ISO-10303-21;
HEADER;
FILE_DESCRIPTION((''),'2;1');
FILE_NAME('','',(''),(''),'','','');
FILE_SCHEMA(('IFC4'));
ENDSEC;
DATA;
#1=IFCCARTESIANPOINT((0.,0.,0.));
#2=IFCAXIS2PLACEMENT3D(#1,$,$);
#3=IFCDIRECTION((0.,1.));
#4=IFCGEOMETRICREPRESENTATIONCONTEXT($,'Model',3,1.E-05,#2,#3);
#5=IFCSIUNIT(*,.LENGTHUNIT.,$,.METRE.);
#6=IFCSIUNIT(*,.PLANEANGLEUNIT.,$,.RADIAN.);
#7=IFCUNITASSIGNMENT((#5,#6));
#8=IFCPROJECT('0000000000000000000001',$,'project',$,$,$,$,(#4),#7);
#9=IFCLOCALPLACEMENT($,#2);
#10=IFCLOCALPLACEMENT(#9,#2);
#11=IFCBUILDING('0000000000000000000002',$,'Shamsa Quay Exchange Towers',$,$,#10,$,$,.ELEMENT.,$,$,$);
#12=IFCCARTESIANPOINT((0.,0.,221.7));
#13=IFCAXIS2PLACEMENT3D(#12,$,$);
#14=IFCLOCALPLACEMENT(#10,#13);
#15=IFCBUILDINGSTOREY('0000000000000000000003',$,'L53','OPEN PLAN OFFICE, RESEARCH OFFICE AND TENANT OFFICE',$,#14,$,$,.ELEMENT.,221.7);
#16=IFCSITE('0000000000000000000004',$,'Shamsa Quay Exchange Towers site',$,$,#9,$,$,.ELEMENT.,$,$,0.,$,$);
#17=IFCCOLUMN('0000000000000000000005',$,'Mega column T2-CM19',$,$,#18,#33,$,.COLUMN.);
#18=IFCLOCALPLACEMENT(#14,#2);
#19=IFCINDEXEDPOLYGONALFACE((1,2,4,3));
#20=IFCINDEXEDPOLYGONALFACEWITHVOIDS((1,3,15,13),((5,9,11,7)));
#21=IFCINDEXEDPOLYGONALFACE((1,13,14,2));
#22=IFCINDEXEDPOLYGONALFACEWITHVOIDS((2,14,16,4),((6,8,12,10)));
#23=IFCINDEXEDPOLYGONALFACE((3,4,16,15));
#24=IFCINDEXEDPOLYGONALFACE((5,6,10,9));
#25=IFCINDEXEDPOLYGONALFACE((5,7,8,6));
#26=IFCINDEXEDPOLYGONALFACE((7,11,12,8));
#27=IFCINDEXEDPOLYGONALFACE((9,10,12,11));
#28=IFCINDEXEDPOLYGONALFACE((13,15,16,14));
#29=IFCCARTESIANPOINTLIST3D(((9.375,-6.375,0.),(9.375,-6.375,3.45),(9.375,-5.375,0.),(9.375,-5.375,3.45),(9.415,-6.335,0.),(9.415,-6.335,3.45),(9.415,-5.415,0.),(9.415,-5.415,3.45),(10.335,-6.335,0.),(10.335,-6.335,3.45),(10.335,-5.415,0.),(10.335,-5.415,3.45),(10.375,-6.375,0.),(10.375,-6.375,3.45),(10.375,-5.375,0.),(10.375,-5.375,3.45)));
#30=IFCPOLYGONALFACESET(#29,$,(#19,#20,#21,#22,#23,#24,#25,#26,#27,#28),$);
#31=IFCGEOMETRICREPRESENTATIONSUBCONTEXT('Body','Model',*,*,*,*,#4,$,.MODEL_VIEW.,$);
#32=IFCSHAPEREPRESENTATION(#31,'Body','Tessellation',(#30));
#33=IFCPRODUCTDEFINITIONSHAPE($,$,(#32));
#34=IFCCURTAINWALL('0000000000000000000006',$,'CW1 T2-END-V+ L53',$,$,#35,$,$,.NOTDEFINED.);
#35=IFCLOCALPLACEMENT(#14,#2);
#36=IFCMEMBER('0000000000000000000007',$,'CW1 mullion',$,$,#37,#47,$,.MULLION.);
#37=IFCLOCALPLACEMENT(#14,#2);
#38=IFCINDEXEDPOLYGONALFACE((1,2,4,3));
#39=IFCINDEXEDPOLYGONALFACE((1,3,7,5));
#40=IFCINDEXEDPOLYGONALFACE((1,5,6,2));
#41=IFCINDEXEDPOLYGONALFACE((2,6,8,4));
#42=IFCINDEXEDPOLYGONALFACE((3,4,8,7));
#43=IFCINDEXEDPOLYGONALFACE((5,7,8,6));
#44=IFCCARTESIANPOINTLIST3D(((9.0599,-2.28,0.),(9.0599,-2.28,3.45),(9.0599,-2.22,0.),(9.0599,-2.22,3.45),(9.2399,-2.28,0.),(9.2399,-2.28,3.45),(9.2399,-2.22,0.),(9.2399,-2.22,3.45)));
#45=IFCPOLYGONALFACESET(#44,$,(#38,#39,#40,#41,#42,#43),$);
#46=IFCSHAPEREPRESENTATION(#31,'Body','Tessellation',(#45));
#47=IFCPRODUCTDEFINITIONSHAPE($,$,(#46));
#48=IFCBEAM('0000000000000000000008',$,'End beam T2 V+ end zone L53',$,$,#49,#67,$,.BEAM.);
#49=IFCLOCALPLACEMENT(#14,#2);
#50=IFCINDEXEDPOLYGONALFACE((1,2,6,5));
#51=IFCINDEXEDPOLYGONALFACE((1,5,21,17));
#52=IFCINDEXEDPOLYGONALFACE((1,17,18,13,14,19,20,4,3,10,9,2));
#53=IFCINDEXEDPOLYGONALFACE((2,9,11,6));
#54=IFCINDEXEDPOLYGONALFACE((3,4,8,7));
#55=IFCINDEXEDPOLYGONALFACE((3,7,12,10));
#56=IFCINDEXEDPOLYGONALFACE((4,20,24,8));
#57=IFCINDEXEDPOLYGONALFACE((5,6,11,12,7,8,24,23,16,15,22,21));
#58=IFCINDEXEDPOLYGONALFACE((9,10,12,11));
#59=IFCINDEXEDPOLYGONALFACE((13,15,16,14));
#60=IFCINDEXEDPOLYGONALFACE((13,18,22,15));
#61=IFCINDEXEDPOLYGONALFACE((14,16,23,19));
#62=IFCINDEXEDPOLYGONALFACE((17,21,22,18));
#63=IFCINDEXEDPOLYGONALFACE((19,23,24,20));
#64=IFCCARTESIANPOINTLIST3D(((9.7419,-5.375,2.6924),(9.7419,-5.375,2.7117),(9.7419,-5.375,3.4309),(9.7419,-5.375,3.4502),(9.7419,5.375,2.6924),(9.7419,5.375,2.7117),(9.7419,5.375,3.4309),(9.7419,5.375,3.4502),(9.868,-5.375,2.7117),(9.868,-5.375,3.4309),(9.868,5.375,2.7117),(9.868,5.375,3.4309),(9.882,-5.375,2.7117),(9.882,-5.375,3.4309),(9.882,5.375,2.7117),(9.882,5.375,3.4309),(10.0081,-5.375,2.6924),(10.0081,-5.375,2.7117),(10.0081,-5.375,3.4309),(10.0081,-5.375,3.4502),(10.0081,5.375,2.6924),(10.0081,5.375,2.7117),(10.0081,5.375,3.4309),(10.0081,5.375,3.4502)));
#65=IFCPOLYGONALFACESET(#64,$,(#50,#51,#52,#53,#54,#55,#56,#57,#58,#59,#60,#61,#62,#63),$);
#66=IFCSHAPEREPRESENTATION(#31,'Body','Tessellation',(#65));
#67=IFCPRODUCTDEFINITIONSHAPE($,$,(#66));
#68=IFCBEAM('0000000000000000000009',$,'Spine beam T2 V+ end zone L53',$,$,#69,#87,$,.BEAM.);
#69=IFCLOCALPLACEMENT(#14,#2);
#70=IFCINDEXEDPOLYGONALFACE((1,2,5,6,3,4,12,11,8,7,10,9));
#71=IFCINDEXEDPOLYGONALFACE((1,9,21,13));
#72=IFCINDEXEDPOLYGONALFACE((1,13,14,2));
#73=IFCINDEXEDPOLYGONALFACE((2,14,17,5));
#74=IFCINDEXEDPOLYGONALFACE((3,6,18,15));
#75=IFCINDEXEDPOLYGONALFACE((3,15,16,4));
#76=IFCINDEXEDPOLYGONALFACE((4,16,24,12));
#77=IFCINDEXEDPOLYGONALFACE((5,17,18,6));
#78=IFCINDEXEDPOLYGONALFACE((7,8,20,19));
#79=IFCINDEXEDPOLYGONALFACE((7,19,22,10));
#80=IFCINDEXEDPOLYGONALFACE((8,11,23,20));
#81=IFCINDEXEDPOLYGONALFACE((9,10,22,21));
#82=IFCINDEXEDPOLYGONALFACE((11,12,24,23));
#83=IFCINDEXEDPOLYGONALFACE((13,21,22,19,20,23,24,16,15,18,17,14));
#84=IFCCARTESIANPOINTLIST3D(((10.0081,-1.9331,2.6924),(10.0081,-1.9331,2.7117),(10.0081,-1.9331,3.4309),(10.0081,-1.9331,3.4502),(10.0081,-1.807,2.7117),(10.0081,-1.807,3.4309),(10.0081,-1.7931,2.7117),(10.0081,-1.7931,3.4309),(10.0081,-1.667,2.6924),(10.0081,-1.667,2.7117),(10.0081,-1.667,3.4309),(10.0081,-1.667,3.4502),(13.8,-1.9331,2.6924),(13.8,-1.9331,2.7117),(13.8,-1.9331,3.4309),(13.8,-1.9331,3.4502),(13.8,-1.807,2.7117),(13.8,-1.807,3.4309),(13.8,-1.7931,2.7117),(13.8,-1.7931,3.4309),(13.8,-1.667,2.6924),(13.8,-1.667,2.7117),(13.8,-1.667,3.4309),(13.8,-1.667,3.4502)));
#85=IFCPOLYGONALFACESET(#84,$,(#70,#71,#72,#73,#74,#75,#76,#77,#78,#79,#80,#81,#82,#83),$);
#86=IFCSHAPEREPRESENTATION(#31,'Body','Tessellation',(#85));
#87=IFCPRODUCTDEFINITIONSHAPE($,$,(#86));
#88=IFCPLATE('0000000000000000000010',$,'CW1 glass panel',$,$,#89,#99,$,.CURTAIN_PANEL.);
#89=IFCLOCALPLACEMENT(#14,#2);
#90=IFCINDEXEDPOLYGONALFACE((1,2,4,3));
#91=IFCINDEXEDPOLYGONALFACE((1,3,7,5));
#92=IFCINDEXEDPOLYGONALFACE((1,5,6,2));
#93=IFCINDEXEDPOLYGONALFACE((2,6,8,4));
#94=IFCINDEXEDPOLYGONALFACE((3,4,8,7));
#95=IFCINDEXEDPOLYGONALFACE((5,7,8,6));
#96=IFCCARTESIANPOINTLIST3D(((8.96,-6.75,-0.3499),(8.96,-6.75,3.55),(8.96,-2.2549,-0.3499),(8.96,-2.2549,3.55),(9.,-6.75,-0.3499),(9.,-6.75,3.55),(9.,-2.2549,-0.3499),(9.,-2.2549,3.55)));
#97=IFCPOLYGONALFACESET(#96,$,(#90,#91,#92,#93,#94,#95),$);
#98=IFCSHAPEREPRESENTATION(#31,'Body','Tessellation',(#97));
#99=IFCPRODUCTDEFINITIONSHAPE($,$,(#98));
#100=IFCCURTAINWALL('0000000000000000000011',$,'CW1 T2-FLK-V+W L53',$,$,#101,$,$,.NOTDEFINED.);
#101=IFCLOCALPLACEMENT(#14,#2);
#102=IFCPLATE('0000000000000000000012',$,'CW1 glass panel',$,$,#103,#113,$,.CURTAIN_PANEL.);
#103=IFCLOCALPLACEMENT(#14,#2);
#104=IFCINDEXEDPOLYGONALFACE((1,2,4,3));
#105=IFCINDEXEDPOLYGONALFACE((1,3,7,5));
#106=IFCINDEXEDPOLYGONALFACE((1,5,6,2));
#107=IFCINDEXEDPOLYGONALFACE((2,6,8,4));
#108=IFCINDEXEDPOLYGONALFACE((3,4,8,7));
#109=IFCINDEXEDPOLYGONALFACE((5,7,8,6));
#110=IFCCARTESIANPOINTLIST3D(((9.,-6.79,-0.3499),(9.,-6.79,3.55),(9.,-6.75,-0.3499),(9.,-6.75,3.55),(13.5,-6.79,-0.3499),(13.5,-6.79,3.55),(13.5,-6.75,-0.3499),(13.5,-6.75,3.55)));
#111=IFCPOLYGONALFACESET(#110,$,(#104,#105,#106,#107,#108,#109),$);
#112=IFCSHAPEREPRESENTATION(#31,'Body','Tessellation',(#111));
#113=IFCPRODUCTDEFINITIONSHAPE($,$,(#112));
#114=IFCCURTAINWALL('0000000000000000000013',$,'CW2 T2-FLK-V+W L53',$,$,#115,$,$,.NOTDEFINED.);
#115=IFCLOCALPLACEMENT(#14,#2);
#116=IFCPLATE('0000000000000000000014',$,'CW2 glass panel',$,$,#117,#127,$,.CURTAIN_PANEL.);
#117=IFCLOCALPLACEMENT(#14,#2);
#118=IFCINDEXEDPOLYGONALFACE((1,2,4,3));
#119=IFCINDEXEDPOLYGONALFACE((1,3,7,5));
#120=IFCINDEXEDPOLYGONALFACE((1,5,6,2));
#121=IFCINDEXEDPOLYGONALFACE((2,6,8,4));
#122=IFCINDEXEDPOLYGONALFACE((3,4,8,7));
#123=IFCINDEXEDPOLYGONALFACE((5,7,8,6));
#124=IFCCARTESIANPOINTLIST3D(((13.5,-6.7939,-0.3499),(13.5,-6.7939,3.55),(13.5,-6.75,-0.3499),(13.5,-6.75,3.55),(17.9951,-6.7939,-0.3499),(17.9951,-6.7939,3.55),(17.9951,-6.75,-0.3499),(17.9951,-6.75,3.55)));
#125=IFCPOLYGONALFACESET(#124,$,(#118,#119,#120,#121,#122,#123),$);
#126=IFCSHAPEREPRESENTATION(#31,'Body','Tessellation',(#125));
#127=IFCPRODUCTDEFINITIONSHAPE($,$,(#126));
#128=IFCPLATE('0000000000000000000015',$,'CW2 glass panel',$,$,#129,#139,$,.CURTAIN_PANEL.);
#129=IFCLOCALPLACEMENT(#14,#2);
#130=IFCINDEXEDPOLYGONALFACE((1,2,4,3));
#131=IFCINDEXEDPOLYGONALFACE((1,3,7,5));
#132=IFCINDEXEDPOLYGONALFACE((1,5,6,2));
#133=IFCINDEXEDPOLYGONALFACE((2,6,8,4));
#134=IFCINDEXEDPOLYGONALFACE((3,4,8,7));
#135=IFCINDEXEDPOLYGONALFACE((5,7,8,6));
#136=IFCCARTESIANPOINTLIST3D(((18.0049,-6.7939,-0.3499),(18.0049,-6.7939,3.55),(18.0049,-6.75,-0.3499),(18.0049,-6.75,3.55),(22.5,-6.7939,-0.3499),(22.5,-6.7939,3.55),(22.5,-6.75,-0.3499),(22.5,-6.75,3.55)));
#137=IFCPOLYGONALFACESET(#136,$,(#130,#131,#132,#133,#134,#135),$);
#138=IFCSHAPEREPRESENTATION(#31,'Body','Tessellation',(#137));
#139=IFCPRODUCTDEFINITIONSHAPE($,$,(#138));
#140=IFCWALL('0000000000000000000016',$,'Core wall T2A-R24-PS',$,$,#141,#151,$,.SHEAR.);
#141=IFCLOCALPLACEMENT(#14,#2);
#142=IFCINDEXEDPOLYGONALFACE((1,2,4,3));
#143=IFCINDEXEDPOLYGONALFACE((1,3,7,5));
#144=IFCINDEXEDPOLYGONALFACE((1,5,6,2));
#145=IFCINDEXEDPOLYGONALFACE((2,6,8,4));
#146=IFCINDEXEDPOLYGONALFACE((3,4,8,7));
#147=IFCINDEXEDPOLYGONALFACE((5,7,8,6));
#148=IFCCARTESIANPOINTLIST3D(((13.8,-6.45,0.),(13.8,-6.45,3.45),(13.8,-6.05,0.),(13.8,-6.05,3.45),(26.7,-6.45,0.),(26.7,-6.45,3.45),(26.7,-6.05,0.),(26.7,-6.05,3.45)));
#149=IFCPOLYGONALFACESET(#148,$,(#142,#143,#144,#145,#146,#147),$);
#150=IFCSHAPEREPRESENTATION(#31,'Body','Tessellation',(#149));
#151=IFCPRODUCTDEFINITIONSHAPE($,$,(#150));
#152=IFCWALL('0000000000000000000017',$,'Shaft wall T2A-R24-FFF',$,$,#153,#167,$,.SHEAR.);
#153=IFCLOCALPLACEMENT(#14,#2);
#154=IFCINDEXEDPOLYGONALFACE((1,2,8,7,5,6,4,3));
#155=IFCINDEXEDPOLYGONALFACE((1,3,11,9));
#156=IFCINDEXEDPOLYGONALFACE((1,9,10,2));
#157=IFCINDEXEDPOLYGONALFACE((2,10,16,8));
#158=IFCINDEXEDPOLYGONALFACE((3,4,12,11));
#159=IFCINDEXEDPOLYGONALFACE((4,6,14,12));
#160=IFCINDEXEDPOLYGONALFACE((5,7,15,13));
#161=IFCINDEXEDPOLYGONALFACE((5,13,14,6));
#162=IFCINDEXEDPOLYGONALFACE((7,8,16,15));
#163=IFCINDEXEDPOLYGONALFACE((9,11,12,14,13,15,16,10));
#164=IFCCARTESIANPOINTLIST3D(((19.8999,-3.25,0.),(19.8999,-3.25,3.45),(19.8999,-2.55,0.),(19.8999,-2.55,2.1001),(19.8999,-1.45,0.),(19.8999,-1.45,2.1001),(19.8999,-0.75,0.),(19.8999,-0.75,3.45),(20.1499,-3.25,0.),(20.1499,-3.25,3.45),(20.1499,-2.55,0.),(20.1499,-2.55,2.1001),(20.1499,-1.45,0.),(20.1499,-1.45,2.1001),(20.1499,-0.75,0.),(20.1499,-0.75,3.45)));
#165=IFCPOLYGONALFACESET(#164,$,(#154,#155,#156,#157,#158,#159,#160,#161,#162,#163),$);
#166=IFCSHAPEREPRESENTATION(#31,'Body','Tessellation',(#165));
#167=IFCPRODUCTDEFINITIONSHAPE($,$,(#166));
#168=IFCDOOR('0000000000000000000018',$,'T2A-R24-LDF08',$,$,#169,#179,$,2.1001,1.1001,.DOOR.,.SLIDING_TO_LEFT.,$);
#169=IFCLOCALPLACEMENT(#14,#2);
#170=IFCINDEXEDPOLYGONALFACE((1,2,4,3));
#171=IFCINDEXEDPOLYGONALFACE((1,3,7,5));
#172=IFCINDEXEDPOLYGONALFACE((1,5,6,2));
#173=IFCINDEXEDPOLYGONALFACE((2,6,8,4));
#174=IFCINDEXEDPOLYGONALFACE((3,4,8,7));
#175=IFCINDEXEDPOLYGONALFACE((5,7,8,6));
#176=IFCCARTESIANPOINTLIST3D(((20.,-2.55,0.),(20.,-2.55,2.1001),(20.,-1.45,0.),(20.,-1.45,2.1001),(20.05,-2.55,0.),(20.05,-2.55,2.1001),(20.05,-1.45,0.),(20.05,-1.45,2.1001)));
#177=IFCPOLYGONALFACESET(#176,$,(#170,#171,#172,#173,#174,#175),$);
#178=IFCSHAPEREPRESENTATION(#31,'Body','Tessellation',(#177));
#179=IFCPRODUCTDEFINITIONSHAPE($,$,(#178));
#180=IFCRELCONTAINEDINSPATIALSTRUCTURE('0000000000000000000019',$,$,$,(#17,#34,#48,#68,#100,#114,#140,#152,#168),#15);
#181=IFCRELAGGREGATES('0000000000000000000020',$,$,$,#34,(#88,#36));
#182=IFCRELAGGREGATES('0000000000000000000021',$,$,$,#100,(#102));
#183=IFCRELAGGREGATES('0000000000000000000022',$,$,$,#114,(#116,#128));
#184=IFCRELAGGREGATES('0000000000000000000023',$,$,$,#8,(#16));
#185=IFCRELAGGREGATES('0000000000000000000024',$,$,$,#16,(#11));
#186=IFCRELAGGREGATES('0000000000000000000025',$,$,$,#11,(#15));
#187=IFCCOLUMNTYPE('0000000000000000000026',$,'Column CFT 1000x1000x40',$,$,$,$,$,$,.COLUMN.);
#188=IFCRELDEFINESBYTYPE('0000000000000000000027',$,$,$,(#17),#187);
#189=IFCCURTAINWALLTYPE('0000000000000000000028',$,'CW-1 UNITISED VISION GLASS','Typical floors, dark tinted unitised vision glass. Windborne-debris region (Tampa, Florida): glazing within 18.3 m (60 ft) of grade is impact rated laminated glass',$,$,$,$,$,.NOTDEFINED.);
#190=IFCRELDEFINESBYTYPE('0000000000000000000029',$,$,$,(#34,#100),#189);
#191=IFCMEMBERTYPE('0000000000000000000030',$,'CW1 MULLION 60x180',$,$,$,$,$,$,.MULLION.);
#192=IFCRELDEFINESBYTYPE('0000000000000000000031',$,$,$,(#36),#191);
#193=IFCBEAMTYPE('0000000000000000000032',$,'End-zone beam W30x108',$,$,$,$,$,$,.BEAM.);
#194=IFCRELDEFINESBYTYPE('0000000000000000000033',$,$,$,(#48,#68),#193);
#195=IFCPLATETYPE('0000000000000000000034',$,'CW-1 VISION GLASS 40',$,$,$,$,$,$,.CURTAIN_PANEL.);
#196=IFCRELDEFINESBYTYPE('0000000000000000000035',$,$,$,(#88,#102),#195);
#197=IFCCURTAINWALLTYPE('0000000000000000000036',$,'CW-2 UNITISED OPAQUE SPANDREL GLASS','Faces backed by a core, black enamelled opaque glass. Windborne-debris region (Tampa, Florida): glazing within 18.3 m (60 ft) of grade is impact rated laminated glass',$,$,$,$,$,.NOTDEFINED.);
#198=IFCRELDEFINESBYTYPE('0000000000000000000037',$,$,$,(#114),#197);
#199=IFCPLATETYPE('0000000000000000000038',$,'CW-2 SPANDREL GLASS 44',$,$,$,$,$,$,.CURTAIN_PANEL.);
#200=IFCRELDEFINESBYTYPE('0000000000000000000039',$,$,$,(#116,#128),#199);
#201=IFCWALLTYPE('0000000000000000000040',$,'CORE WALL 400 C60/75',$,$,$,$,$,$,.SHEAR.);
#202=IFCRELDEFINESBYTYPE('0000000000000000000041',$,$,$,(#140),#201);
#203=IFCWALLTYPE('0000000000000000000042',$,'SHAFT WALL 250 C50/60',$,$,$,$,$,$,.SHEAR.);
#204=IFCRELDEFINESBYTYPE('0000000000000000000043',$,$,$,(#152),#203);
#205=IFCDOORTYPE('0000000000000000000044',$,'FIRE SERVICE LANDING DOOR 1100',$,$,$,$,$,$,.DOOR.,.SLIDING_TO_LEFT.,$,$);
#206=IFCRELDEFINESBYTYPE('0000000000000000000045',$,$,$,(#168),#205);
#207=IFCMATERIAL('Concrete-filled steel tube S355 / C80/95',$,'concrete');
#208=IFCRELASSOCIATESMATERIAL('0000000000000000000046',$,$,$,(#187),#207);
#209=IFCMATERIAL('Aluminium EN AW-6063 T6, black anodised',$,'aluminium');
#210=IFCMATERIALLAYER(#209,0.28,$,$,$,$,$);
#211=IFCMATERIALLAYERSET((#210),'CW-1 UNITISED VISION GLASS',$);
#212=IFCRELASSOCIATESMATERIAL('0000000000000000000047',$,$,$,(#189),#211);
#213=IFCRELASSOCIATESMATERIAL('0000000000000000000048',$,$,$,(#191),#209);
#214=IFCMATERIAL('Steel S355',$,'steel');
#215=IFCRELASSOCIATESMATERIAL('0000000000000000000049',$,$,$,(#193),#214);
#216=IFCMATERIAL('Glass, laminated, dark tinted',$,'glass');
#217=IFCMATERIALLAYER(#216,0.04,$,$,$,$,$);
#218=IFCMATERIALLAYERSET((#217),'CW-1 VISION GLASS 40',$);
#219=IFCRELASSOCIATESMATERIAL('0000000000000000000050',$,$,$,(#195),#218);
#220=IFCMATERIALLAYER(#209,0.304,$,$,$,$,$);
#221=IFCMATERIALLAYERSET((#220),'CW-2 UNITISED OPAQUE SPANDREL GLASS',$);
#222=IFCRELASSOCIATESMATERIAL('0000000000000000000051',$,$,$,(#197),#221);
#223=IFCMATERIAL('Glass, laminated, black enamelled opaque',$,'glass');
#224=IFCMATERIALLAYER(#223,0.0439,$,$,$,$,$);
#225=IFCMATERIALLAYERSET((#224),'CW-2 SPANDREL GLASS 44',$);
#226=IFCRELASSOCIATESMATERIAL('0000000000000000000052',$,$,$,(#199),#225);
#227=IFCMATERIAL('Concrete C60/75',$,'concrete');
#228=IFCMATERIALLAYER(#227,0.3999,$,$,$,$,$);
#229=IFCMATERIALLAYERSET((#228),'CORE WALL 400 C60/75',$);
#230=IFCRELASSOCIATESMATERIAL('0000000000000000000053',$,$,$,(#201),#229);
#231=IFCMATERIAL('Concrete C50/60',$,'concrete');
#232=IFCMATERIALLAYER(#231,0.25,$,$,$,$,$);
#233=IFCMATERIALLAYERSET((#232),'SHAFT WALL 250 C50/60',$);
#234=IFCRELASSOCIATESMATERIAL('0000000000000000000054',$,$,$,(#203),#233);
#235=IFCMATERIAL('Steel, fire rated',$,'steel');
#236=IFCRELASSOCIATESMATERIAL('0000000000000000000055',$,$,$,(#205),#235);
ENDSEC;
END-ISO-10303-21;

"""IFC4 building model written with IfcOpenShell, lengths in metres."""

from ifc_helpers import new_model, si_unit, direction, frame, frame_2d, origin, origin_2d, place, context, subcontext, project, spatial, rectangle, hollow_rectangle, i_section, extrude, material, layer, layer_set, material_profile, profile_set, type_object, element, fill, aggregate, save


model = new_model("IFC4")

# Units and contexts
model_context = context("Model", 3, precision=1e-05, world=origin(), true_north=direction((0.0, 1.0)))
body_context = subcontext(model_context, "Body", "Model", "MODEL_VIEW")
ifc_project = project(units=[si_unit("LENGTHUNIT", "METRE"), si_unit("PLANEANGLEUNIT", "RADIAN")], contexts=[model_context])

# Site, building, storey
site_placement = place(None, origin())
site = spatial("IfcSite", under=ifc_project, at=site_placement, Name="Shamsa Quay Exchange Towers site", CompositionType="ELEMENT", RefElevation=0.0)
building_placement = place(site_placement, origin())
building = spatial("IfcBuilding", under=site, at=building_placement, Name="Shamsa Quay Exchange Towers", CompositionType="ELEMENT")
storey_placement = place(building_placement, frame((0.0, 0.0, 221.7)))
storey = spatial("IfcBuildingStorey", under=building, at=storey_placement, Name="L53", Description="OPEN PLAN OFFICE, RESEARCH OFFICE AND TENANT OFFICE", CompositionType="ELEMENT", Elevation=221.7)

# Column
ifc_material_1 = material(Name="Concrete-filled steel tube S355 / C80/95", Category="concrete")
ifc_material_profile_1 = material_profile(ifc_material_1, hollow_rectangle(XDim=1.0, YDim=1.0, WallThickness=0.04, at=origin_2d()), Name="CFT 1000x1000x40")
ifc_profile_set_1 = profile_set([ifc_material_profile_1], Name="Concrete-filled steel tube S355 / C80/95")
column_type = type_object("IfcColumnType", Name="Column CFT 1000x1000x40", PredefinedType="COLUMN", material=ifc_profile_set_1)
column_placement = place(storey_placement, frame((9.875, -5.875, 0.0)))
element("IfcColumn", 1, at=column_placement, inside=storey, type_object=column_type, Name="Mega column T2-CM19", PredefinedType="COLUMN", context=body_context, shape_type="SweptSolid", body=[
    extrude(hollow_rectangle(XDim=1.0, YDim=1.0, WallThickness=0.04, at=origin_2d()), origin(), (0.0, 0.0, 1.0), 3.45),
])

# Curtain wall, member
ifc_material_2 = material(Name="Aluminium EN AW-6063 T6, black anodised", Category="aluminium")
ifc_layer_1 = layer(ifc_material_2, 0.28)
ifc_layer_set_1 = layer_set([ifc_layer_1], Name="CW-1 UNITISED VISION GLASS")
curtain_wall_type_1 = type_object("IfcCurtainWallType", Name="CW-1 UNITISED VISION GLASS", Description="Typical floors, dark tinted unitised vision glass. Windborne-debris region (Tampa, Florida): glazing within 18.3 m (60 ft) of grade is impact rated laminated glass", PredefinedType="NOTDEFINED", material=ifc_layer_set_1)
curtain_wall_1_placement = place(storey_placement, origin())
curtain_wall_1 = element("IfcCurtainWall", 2, at=curtain_wall_1_placement, inside=storey, type_object=curtain_wall_type_1, Name="CW1 T2-END-V+ L53", PredefinedType="NOTDEFINED")
ifc_material_profile_2 = material_profile(ifc_material_2, rectangle(XDim=0.1799, YDim=0.0601, at=origin_2d()), Name="MU60x180")
ifc_profile_set_2 = profile_set([ifc_material_profile_2], Name="Aluminium EN AW-6063 T6, black anodised")
member_type = type_object("IfcMemberType", Name="CW1 MULLION 60x180", PredefinedType="MULLION", material=ifc_profile_set_2)
member_placement = place(storey_placement, frame((9.1499, -2.25, 0.0)))
member = element("IfcMember", 3, at=member_placement, type_object=member_type, Name="CW1 mullion", PredefinedType="MULLION", context=body_context, shape_type="SweptSolid", body=[
    extrude(rectangle(XDim=0.1799, YDim=0.0601, at=origin_2d()), origin(), (0.0, 0.0, 1.0), 3.45),
])

# Beams
ifc_material_3 = material(Name="Steel S355", Category="steel")
ifc_material_profile_3 = material_profile(ifc_material_3, i_section(OverallWidth=0.2661, OverallDepth=0.7578, WebThickness=0.0139, FlangeThickness=0.0193, at=origin_2d()), Name="W30x108")
ifc_profile_set_3 = profile_set([ifc_material_profile_3], Name="Steel S355")
beam_type = type_object("IfcBeamType", Name="End-zone beam W30x108", PredefinedType="BEAM", material=ifc_profile_set_3)
beam_1_placement = place(storey_placement, frame((9.875, -5.375, 3.0713), z_axis=(0.0, 1.0, 0.0), x_axis=(-1.0, 0.0, 0.0)))
element("IfcBeam", 4, at=beam_1_placement, inside=storey, type_object=beam_type, Name="End beam T2 V+ end zone L53", PredefinedType="BEAM", context=body_context, shape_type="SweptSolid", body=[
    extrude(i_section(OverallWidth=0.2661, OverallDepth=0.7578, WebThickness=0.0139, FlangeThickness=0.0193, at=origin_2d()), origin(), (0.0, 0.0, 1.0), 10.75),
])
beam_2_placement = place(storey_placement, frame((13.8, -1.8, 3.0713), z_axis=(-1.0, 0.0, 0.0), x_axis=(0.0, -1.0, 0.0)))
element("IfcBeam", 5, at=beam_2_placement, inside=storey, type_object=beam_type, Name="Spine beam T2 V+ end zone L53", PredefinedType="BEAM", context=body_context, shape_type="SweptSolid", body=[
    extrude(i_section(OverallWidth=0.2661, OverallDepth=0.7578, WebThickness=0.0139, FlangeThickness=0.0193, at=origin_2d()), origin(), (0.0, 0.0, 1.0), 3.792),
])

# Plate
ifc_material_4 = material(Name="Glass, laminated, dark tinted", Category="glass")
ifc_layer_2 = layer(ifc_material_4, 0.04)
ifc_layer_set_2 = layer_set([ifc_layer_2], Name="CW-1 VISION GLASS 40")
plate_type_1 = type_object("IfcPlateType", Name="CW-1 VISION GLASS 40", PredefinedType="CURTAIN_PANEL", material=ifc_layer_set_2)
plate_1_placement = place(storey_placement, frame((8.98, -4.5024, -0.3499), z_axis=(0.0, 0.0, 1.0), x_axis=(0.0, -1.0, 0.0)))
plate_1 = element("IfcPlate", 6, at=plate_1_placement, type_object=plate_type_1, Name="CW1 glass panel", PredefinedType="CURTAIN_PANEL", context=body_context, shape_type="SweptSolid", body=[
    extrude(rectangle(XDim=4.4951, YDim=0.04, at=origin_2d()), origin(), (0.0, 0.0, 1.0), 3.8999),
])
aggregate(curtain_wall_1, [plate_1, member])

# Curtain wall, plate
curtain_wall_2_placement = place(storey_placement, origin())
curtain_wall_2 = element("IfcCurtainWall", 7, at=curtain_wall_2_placement, inside=storey, type_object=curtain_wall_type_1, Name="CW1 T2-FLK-V+W L53", PredefinedType="NOTDEFINED")
plate_2_placement = place(storey_placement, frame((11.25, -6.77, -0.3499)))
plate_2 = element("IfcPlate", 8, at=plate_2_placement, type_object=plate_type_1, Name="CW1 glass panel", PredefinedType="CURTAIN_PANEL", context=body_context, shape_type="SweptSolid", body=[
    extrude(rectangle(XDim=4.5, YDim=0.04, at=origin_2d()), origin(), (0.0, 0.0, 1.0), 3.8999),
])
aggregate(curtain_wall_2, [plate_2])

# Curtain wall, plates
ifc_layer_3 = layer(ifc_material_2, 0.304)
ifc_layer_set_3 = layer_set([ifc_layer_3], Name="CW-2 UNITISED OPAQUE SPANDREL GLASS")
curtain_wall_type_2 = type_object("IfcCurtainWallType", Name="CW-2 UNITISED OPAQUE SPANDREL GLASS", Description="Faces backed by a core, black enamelled opaque glass. Windborne-debris region (Tampa, Florida): glazing within 18.3 m (60 ft) of grade is impact rated laminated glass", PredefinedType="NOTDEFINED", material=ifc_layer_set_3)
curtain_wall_3_placement = place(storey_placement, origin())
curtain_wall_3 = element("IfcCurtainWall", 9, at=curtain_wall_3_placement, inside=storey, type_object=curtain_wall_type_2, Name="CW2 T2-FLK-V+W L53", PredefinedType="NOTDEFINED")
ifc_material_5 = material(Name="Glass, laminated, black enamelled opaque", Category="glass")
ifc_layer_4 = layer(ifc_material_5, 0.0439)
ifc_layer_set_4 = layer_set([ifc_layer_4], Name="CW-2 SPANDREL GLASS 44")
plate_type_2 = type_object("IfcPlateType", Name="CW-2 SPANDREL GLASS 44", PredefinedType="CURTAIN_PANEL", material=ifc_layer_set_4)
plate_3_placement = place(storey_placement, frame((15.7476, -6.772, -0.3499)))
plate_3 = element("IfcPlate", 10, at=plate_3_placement, type_object=plate_type_2, Name="CW2 glass panel", PredefinedType="CURTAIN_PANEL", context=body_context, shape_type="SweptSolid", body=[
    extrude(rectangle(XDim=4.4951, YDim=0.0439, at=origin_2d()), origin(), (0.0, 0.0, 1.0), 3.8999),
])
plate_4_placement = place(storey_placement, frame((20.2524, -6.772, -0.3499)))
plate_4 = element("IfcPlate", 11, at=plate_4_placement, type_object=plate_type_2, Name="CW2 glass panel", PredefinedType="CURTAIN_PANEL", context=body_context, shape_type="SweptSolid", body=[
    extrude(rectangle(XDim=4.4951, YDim=0.0439, at=origin_2d()), origin(), (0.0, 0.0, 1.0), 3.8999),
])
aggregate(curtain_wall_3, [plate_3, plate_4])

# Wall
ifc_material_6 = material(Name="Concrete C60/75", Category="concrete")
ifc_layer_5 = layer(ifc_material_6, 0.3999)
ifc_layer_set_5 = layer_set([ifc_layer_5], Name="CORE WALL 400 C60/75")
wall_type_1 = type_object("IfcWallType", Name="CORE WALL 400 C60/75", PredefinedType="SHEAR", material=ifc_layer_set_5)
wall_1_placement = place(storey_placement, frame((13.8, -6.25, 0.0)))
element("IfcWall", 12, at=wall_1_placement, inside=storey, type_object=wall_type_1, Name="Core wall T2A-R24-PS", PredefinedType="SHEAR", context=body_context, shape_type="SweptSolid", body=[
    extrude(rectangle(XDim=12.8999, YDim=0.3999, at=frame_2d((6.45, 0.0))), origin(), (0.0, 0.0, 1.0), 3.45),
])

# Wall, opening, door
ifc_material_7 = material(Name="Concrete C50/60", Category="concrete")
ifc_layer_6 = layer(ifc_material_7, 0.25)
ifc_layer_set_6 = layer_set([ifc_layer_6], Name="SHAFT WALL 250 C50/60")
wall_type_2 = type_object("IfcWallType", Name="SHAFT WALL 250 C50/60", PredefinedType="SHEAR", material=ifc_layer_set_6)
wall_2_placement = place(storey_placement, frame((20.0249, -3.25, 0.0), z_axis=(0.0, 0.0, 1.0), x_axis=(0.0, 1.0, 0.0)))
wall_2 = element("IfcWall", 13, at=wall_2_placement, inside=storey, type_object=wall_type_2, Name="Shaft wall T2A-R24-FFF", PredefinedType="SHEAR", context=body_context, shape_type="SweptSolid", body=[
    extrude(rectangle(XDim=2.5, YDim=0.25, at=frame_2d((1.25, 0.0))), origin(), (0.0, 0.0, 1.0), 3.45),
])
opening_placement = place(wall_2_placement, frame((0.7, 0.0, 0.0)))
opening = element("IfcOpeningElement", 14, at=opening_placement, cuts=wall_2, PredefinedType="OPENING", context=body_context, shape_type="SweptSolid", body=[
    extrude(rectangle(XDim=1.1001, YDim=2.1001, at=frame_2d((0.55, 1.05))), frame((0.0, 0.135, 0.0), z_axis=(0.0, -1.0, 0.0), x_axis=(1.0, 0.0, 0.0)), (0.0, 0.0, 1.0), 0.27),
])
ifc_material_8 = material(Name="Steel, fire rated", Category="steel")
door_type = type_object("IfcDoorType", Name="FIRE SERVICE LANDING DOOR 1100", OperationType="SLIDING_TO_LEFT", PredefinedType="DOOR", material=ifc_material_8)
door_placement = place(opening_placement, origin())
door = element("IfcDoor", 15, at=door_placement, inside=storey, type_object=door_type, Name="T2A-R24-LDF08", OperationType="SLIDING_TO_LEFT", OverallHeight=2.1001, OverallWidth=1.1001, PredefinedType="DOOR", context=body_context, shape_type="SweptSolid", body=[
    extrude(rectangle(XDim=1.1001, YDim=2.1001, at=frame_2d((0.55, 1.05))), frame((0.0, 0.0249, 0.0), z_axis=(0.0, -1.0, 0.0), x_axis=(1.0, 0.0, 0.0)), (0.0, 0.0, 1.0), 0.05),
])
fill(opening, door)

save(model, "model.ifc")
